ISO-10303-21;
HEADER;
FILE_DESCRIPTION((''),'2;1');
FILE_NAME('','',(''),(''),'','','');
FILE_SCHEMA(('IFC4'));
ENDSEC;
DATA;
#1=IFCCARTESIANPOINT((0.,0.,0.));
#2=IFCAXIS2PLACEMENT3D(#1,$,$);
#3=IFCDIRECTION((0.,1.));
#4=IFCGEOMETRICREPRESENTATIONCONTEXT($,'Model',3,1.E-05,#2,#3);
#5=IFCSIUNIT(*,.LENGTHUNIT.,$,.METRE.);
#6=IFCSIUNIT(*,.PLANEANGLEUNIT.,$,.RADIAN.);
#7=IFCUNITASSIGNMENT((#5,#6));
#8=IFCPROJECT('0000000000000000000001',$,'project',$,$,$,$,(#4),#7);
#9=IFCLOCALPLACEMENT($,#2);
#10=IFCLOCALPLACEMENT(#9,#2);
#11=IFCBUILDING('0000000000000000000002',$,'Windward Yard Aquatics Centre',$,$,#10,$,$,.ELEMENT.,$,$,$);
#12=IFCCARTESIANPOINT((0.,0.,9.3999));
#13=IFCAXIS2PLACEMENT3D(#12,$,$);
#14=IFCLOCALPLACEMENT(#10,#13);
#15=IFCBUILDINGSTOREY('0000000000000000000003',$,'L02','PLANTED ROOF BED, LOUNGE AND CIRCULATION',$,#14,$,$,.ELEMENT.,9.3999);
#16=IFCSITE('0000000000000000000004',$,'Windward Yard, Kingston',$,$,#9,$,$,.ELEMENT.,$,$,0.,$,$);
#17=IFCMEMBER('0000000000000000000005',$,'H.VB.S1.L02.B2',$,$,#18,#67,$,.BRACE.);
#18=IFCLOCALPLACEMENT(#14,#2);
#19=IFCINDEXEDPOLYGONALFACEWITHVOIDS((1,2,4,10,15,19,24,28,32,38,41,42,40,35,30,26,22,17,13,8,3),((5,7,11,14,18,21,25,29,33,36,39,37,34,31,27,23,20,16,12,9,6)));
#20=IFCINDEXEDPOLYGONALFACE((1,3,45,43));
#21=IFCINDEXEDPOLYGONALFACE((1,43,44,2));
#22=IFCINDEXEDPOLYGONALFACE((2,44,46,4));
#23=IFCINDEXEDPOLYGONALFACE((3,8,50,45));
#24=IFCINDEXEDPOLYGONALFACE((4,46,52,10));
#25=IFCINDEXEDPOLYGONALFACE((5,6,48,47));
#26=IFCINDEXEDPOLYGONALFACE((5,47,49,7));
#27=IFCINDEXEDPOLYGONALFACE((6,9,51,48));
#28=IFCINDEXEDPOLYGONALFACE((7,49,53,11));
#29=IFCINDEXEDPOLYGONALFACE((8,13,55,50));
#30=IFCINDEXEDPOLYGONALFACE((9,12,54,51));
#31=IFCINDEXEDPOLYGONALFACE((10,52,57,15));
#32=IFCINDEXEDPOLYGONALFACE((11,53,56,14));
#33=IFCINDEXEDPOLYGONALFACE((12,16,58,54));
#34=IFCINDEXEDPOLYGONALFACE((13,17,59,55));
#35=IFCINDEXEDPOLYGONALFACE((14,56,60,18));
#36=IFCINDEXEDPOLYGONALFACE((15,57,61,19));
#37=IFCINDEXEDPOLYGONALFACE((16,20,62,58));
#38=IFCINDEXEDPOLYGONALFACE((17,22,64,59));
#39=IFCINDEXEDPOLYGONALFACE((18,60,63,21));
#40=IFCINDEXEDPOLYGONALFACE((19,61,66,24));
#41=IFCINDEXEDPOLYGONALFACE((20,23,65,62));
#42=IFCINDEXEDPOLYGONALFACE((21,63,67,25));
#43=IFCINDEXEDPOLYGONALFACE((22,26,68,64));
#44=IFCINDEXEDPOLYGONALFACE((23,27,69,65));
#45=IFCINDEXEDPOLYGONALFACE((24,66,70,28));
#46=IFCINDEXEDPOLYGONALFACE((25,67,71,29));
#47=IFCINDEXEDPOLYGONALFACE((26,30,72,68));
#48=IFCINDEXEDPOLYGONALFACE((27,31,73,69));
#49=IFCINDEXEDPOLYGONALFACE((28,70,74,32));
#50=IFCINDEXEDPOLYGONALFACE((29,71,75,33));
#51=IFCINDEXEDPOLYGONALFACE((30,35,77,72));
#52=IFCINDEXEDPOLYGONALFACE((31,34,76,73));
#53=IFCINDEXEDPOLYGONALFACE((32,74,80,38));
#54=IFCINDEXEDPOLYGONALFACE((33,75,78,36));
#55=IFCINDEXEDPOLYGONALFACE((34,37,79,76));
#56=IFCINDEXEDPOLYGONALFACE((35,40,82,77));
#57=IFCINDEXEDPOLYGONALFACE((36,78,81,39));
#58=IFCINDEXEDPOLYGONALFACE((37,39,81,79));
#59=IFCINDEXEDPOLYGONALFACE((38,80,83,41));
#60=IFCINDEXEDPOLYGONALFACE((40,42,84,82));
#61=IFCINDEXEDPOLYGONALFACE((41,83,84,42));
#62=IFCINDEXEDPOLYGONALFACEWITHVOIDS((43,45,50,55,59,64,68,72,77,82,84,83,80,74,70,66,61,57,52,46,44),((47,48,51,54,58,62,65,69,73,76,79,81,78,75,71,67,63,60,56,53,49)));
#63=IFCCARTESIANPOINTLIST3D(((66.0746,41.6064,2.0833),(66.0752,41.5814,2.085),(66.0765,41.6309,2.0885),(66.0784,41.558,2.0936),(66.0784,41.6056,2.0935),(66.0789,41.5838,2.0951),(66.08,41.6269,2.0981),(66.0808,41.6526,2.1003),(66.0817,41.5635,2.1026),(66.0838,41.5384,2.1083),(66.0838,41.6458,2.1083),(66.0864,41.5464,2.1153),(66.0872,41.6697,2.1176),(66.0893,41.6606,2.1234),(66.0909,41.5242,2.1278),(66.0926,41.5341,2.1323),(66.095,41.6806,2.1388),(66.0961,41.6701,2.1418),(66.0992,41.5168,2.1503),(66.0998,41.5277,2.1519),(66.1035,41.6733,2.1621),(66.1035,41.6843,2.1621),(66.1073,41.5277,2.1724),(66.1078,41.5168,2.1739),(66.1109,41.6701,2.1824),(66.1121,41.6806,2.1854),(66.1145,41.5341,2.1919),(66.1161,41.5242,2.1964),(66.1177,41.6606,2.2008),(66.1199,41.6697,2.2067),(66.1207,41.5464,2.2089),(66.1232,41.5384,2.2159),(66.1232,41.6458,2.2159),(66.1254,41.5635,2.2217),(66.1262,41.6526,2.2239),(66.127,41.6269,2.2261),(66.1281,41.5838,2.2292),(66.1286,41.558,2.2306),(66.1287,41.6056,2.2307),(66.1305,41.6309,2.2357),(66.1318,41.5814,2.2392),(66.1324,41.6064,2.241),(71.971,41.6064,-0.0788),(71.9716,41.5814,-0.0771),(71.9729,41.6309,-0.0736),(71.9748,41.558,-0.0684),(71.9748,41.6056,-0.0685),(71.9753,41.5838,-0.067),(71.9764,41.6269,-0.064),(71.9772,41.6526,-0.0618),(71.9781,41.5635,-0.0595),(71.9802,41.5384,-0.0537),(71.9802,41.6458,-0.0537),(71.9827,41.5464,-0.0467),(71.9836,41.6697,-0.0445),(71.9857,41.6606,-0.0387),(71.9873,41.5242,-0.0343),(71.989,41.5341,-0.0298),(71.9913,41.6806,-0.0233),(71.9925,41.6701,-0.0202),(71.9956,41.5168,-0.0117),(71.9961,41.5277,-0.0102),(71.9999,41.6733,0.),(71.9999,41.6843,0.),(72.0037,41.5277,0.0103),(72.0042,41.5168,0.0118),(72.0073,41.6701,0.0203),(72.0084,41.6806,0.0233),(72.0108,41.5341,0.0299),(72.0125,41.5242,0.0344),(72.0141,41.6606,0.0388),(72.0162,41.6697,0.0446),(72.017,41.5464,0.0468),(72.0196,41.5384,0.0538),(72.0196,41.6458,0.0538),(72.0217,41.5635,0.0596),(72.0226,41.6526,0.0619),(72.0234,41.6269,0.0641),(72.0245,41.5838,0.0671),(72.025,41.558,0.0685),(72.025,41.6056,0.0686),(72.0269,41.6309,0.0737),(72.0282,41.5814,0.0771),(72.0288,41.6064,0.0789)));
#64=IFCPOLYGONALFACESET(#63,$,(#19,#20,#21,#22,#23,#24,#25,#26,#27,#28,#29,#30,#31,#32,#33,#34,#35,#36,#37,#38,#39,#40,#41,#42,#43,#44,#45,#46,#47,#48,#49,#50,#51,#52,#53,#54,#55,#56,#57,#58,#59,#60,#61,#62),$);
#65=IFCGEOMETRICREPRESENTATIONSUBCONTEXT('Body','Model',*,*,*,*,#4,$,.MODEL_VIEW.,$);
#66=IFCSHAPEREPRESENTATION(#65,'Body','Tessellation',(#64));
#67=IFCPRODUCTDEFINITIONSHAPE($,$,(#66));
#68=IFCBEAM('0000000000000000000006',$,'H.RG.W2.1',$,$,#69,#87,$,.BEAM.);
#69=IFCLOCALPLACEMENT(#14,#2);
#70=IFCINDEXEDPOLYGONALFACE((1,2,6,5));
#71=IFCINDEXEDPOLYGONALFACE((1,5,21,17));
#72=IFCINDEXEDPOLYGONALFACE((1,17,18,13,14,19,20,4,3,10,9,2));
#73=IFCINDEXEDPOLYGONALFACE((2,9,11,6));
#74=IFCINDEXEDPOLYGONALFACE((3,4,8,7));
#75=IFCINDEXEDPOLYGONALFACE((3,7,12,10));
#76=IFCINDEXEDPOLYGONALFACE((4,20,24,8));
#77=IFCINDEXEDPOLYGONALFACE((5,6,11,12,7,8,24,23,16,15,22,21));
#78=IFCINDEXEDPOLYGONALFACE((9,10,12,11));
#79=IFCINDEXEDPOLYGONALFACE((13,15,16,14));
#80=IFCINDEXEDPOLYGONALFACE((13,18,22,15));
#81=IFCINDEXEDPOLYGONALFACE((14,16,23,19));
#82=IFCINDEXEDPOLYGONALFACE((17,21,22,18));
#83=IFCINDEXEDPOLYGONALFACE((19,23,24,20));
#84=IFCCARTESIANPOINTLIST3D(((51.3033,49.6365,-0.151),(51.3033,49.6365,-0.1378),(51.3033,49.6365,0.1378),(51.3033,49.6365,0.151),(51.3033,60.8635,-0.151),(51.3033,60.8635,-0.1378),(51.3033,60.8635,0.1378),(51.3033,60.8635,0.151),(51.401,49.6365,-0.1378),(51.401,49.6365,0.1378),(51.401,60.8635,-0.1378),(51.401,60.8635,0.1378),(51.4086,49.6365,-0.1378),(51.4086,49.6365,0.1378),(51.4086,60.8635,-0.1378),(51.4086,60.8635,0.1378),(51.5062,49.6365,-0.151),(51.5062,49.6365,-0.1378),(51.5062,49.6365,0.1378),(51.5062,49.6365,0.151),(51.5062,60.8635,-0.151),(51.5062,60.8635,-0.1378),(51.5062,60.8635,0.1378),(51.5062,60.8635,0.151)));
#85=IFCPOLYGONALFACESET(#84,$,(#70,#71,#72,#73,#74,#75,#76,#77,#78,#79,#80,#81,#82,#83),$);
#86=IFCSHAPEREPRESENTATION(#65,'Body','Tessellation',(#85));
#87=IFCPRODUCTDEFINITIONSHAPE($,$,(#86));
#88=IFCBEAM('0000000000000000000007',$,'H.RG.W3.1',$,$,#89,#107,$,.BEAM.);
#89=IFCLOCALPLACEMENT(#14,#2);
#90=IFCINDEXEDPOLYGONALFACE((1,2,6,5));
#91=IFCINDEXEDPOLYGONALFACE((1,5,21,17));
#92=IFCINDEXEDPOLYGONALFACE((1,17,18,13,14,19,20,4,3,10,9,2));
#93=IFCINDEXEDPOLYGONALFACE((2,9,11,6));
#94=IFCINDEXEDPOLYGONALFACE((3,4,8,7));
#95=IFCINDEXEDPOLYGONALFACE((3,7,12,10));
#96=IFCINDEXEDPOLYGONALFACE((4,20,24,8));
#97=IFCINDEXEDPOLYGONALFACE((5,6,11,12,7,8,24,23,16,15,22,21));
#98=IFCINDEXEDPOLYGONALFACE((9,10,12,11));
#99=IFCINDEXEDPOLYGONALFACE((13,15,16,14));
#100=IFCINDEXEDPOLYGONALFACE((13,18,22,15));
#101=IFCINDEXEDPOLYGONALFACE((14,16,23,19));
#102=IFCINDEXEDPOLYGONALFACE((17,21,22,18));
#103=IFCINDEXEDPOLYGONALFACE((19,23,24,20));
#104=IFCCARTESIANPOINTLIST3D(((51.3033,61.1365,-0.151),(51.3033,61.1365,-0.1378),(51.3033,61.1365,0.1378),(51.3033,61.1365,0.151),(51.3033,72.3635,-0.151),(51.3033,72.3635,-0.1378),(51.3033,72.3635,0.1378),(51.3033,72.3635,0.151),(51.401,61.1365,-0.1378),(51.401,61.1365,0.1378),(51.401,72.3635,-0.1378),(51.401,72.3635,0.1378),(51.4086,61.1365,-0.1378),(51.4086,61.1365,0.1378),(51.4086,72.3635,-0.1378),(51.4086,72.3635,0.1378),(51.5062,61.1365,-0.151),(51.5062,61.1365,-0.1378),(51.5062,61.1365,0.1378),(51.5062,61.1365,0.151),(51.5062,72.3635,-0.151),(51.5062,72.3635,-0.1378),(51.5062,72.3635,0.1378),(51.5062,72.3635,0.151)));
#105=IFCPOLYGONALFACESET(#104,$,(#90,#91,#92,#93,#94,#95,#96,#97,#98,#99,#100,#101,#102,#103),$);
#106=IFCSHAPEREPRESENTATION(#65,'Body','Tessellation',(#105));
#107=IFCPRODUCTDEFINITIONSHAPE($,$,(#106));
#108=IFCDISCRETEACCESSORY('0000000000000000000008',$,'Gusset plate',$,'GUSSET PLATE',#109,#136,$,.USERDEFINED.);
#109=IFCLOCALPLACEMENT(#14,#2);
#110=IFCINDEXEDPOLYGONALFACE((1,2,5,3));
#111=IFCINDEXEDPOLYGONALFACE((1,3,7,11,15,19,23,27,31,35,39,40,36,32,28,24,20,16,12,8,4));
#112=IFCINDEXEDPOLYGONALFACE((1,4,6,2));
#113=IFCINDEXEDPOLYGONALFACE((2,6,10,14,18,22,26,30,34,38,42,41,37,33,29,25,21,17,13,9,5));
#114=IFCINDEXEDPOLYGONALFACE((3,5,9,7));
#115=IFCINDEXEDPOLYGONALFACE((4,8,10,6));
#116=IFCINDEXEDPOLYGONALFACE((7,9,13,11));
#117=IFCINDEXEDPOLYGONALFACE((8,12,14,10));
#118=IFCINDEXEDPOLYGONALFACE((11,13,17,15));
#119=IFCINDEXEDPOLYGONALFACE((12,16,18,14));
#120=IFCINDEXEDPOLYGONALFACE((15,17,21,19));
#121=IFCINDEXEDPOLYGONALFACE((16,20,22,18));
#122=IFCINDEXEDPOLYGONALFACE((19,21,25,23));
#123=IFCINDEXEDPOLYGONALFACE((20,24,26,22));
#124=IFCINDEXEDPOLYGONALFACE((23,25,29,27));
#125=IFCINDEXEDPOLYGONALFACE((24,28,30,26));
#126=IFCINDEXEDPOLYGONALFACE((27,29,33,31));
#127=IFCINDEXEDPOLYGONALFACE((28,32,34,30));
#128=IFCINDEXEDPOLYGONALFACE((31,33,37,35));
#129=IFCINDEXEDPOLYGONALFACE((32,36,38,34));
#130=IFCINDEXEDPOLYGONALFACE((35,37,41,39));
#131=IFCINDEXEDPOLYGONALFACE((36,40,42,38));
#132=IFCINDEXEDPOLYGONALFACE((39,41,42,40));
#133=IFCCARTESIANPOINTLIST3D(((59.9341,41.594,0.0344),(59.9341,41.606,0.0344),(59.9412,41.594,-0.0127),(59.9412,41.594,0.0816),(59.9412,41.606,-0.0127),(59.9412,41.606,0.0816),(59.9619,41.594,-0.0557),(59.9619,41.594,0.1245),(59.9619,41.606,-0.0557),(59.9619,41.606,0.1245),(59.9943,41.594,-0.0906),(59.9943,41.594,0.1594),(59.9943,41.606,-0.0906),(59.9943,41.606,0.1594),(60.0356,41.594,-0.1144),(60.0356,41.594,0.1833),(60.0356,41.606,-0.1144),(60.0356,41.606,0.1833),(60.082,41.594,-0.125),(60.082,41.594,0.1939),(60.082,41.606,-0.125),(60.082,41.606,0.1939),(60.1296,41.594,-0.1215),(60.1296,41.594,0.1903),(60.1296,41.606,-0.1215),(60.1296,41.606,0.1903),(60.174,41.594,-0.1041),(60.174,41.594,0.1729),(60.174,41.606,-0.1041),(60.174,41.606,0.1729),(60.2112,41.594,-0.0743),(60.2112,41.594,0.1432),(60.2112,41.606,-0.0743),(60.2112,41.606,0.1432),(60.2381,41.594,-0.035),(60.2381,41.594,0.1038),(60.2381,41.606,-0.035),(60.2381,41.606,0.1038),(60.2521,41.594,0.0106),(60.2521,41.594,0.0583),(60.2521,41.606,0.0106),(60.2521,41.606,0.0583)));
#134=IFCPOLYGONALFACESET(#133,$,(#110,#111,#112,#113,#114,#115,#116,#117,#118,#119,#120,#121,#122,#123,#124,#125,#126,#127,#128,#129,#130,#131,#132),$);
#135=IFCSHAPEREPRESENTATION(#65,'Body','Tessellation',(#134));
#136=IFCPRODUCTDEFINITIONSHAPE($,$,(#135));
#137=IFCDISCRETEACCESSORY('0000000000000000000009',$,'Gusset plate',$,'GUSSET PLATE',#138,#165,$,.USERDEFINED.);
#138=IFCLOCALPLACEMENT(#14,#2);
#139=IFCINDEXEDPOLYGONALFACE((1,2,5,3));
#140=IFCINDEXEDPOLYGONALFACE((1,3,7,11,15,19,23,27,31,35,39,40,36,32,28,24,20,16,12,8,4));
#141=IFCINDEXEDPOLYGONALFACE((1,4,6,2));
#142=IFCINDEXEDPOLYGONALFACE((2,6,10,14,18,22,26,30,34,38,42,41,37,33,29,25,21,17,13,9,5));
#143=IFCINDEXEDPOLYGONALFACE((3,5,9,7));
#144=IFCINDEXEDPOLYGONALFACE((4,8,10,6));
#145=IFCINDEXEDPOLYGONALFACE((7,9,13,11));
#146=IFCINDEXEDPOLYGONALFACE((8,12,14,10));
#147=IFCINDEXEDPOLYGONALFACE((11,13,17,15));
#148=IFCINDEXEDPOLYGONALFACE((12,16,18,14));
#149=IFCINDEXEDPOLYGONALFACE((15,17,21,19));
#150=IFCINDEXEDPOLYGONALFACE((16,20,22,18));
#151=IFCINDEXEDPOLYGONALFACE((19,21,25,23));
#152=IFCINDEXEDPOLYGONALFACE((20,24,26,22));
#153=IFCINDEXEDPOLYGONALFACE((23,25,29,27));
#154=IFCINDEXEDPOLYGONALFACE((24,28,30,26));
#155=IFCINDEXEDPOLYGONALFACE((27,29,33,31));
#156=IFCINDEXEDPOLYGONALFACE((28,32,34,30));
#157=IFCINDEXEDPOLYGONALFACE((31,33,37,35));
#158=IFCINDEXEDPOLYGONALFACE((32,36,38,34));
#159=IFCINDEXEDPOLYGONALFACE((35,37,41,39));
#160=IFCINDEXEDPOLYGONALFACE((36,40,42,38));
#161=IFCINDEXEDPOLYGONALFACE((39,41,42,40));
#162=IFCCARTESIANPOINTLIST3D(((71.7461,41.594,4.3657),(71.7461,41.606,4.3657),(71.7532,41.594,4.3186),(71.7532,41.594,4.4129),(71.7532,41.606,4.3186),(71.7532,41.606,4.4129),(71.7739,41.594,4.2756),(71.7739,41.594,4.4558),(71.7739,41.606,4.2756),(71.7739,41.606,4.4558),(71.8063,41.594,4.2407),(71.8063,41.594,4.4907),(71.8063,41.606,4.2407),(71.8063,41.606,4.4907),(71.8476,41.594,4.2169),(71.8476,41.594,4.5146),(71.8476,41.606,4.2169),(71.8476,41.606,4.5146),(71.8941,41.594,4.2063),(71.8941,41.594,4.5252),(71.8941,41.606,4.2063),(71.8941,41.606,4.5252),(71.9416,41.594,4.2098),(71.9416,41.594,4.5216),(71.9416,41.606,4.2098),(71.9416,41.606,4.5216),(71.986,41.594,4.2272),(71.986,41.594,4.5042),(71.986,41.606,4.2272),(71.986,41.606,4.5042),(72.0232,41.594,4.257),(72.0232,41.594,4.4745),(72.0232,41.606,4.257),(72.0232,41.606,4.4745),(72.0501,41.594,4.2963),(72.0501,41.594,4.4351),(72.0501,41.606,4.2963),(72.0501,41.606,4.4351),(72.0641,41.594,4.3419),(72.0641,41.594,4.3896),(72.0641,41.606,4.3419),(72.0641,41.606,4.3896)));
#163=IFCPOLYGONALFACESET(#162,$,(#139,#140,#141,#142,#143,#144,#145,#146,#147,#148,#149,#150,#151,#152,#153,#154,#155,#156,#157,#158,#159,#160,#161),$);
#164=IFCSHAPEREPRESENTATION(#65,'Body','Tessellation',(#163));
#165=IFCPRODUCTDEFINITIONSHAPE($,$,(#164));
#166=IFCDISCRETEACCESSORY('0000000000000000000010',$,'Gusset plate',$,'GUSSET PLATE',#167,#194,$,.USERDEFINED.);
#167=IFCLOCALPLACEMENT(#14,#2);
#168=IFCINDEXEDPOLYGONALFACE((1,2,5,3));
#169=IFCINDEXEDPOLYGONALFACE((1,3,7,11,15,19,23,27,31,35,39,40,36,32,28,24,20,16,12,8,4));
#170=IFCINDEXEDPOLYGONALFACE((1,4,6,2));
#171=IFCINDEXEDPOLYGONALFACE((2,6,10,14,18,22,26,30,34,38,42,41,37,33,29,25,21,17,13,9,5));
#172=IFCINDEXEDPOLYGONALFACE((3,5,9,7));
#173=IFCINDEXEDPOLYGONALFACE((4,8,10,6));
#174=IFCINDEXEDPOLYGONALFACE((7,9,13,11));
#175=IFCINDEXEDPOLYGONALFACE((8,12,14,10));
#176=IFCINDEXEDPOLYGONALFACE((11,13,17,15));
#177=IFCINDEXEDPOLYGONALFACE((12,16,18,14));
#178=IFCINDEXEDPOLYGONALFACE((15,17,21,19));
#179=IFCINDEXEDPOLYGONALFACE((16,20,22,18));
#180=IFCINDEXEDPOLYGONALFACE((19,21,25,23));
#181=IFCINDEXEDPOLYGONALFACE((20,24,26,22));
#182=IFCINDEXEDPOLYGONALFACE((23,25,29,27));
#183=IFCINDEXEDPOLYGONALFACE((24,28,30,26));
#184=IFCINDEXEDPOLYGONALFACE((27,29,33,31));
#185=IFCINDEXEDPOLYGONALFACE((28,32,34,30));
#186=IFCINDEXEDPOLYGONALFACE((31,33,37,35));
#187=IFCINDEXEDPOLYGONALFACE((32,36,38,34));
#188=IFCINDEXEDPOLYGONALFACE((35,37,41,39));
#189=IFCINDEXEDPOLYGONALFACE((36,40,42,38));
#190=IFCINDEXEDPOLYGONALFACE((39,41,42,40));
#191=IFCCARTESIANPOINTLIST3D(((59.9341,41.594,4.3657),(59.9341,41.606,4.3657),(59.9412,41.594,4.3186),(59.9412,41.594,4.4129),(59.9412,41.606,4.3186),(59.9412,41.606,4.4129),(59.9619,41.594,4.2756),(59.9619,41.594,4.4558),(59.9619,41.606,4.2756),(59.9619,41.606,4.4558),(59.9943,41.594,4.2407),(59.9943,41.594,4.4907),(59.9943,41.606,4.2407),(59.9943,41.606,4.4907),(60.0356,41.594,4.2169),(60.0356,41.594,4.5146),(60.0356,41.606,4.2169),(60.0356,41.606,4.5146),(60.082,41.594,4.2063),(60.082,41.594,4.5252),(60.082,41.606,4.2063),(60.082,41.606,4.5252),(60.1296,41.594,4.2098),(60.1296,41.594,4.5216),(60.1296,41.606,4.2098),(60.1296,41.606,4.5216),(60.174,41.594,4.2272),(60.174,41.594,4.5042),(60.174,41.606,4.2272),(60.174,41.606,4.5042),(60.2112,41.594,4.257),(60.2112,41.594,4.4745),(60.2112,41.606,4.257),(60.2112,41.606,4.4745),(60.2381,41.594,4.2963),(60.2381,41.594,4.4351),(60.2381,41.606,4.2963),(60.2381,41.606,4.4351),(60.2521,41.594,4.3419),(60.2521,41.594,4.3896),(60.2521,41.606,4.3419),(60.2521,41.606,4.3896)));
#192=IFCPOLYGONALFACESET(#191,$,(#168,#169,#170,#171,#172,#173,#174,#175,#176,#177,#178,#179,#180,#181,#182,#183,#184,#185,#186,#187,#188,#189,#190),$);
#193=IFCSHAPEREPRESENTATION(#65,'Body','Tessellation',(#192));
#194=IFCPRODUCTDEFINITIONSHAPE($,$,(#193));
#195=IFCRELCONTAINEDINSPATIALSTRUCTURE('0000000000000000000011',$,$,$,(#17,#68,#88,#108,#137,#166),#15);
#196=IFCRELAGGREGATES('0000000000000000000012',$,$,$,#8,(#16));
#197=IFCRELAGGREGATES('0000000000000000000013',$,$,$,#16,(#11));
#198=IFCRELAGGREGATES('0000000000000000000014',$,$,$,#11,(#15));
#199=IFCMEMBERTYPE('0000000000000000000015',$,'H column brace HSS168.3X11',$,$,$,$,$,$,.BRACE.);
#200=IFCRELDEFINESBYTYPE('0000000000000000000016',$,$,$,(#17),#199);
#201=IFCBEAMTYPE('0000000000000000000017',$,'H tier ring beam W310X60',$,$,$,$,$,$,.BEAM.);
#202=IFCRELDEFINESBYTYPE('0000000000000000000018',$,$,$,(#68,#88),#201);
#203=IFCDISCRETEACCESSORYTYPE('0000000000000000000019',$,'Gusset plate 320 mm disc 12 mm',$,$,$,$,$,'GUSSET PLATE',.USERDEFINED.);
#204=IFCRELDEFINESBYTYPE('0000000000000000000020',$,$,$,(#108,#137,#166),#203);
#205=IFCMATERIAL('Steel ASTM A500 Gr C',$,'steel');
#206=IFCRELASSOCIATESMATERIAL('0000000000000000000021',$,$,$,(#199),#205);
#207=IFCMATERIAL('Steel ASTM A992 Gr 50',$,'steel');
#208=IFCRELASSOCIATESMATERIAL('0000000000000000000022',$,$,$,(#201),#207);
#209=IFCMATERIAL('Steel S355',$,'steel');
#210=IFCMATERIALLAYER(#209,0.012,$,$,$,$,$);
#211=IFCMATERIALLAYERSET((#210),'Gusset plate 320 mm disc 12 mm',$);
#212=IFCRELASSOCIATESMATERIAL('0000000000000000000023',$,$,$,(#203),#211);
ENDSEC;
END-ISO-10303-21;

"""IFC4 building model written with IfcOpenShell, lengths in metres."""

from ifc_helpers import new_model, si_unit, direction, frame, origin, origin_2d, place, context, subcontext, project, spatial, circle, hollow_circle, i_section, extrude, material, layer, layer_set, material_profile, profile_set, type_object, element, save


model = new_model("IFC4")

# Units and contexts
model_context = context("Model", 3, precision=1e-05, world=origin(), true_north=direction((0.0, 1.0)))
body_context = subcontext(model_context, "Body", "Model", "MODEL_VIEW")
ifc_project = project(units=[si_unit("LENGTHUNIT", "METRE"), si_unit("PLANEANGLEUNIT", "RADIAN")], contexts=[model_context])

# Site, building, storey
site_placement = place(None, origin())
site = spatial("IfcSite", under=ifc_project, at=site_placement, Name="Windward Yard, Kingston", CompositionType="ELEMENT", RefElevation=0.0)
building_placement = place(site_placement, origin())
building = spatial("IfcBuilding", under=site, at=building_placement, Name="Windward Yard Aquatics Centre", CompositionType="ELEMENT")
storey_placement = place(building_placement, frame((0.0, 0.0, 9.3999)))
storey = spatial("IfcBuildingStorey", under=building, at=storey_placement, Name="L02", Description="PLANTED ROOF BED, LOUNGE AND CIRCULATION", CompositionType="ELEMENT", Elevation=9.3999)

# Shared definitions
ifc_material_1 = material(Name="Steel ASTM A500 Gr C", Category="steel")

# Shared definitions
ifc_material_2 = material(Name="Steel ASTM A992 Gr 50", Category="steel")

# Member
ifc_material_profile_1 = material_profile(ifc_material_1, hollow_circle(Radius=0.0842, WallThickness=0.011, at=origin_2d()), Name="HSS168.3X11")
ifc_profile_set_1 = profile_set([ifc_material_profile_1], Name="Steel ASTM A500 Gr C")
member_type_1 = type_object("IfcMemberType", Name="H column brace HSS168.3X11", PredefinedType="BRACE", material=ifc_profile_set_1)
for number, where, z_axis, x_axis, name in (
    (1, (66.1035, 41.6001, 2.1621), (0.938873, 0.0, -0.344264), (0.0, 1.0, 0.0), "H.VB.S1.L02.B2"),
):
    element("IfcMember", number, at=place(storey_placement, frame(where, z_axis=z_axis, x_axis=x_axis)), inside=storey, type_object=member_type_1, Name=name, PredefinedType="BRACE", context=body_context, shape_type="SweptSolid", body=[
        extrude(hollow_circle(Radius=0.0842, WallThickness=0.011, at=origin_2d()), origin(), (0.0, 0.0, 1.0), 6.2803),
    ])

# Beams
ifc_material_profile_2 = material_profile(ifc_material_2, i_section(OverallWidth=0.2029, OverallDepth=0.302, WebThickness=0.0076, FlangeThickness=0.0132, at=origin_2d()), Name="W310X60")
ifc_profile_set_2 = profile_set([ifc_material_profile_2], Name="Steel ASTM A992 Gr 50")
beam_type_1 = type_object("IfcBeamType", Name="H tier ring beam W310X60", PredefinedType="BEAM", material=ifc_profile_set_2)
for number, where, z_axis, x_axis, name in (
    (2, (51.4048, 49.6365, 0.0), (0.0, 1.0, 0.0), (-1.0, 0.0, 0.0), "H.RG.W2.1"),
    (3, (51.4048, 61.1365, 0.0), (0.0, 1.0, 0.0), (-1.0, 0.0, 0.0), "H.RG.W3.1"),
):
    element("IfcBeam", number, at=place(storey_placement, frame(where, z_axis=z_axis, x_axis=x_axis)), inside=storey, type_object=beam_type_1, Name=name, PredefinedType="BEAM", context=body_context, shape_type="SweptSolid", body=[
        extrude(i_section(OverallWidth=0.2029, OverallDepth=0.302, WebThickness=0.0076, FlangeThickness=0.0132, at=origin_2d()), origin(), (0.0, 0.0, 1.0), 11.2271),
    ])

# Discrete accessories
ifc_material_3 = material(Name="Steel S355", Category="steel")
ifc_layer_1 = layer(ifc_material_3, 0.012)
ifc_layer_set_1 = layer_set([ifc_layer_1], Name="Gusset plate 320 mm disc 12 mm")
discrete_accessory_type = type_object("IfcDiscreteAccessoryType", Name="Gusset plate 320 mm disc 12 mm", ElementType="GUSSET PLATE", PredefinedType="USERDEFINED", material=ifc_layer_set_1)
for number, where, z_axis, x_axis, name in (
    (4, (60.094, 41.594, 0.0344), (0.0, 1.0, 0.0), (-1.0, 0.0, 0.0), "Gusset plate"),
    (5, (71.906, 41.594, 4.3657), (0.0, 1.0, 0.0), (-1.0, 0.0, 0.0), "Gusset plate"),
    (6, (60.094, 41.594, 4.3657), (0.0, 1.0, 0.0), (-1.0, 0.0, 0.0), "Gusset plate"),
):
    element("IfcDiscreteAccessory", number, at=place(storey_placement, frame(where, z_axis=z_axis, x_axis=x_axis)), inside=storey, type_object=discrete_accessory_type, Name=name, ObjectType="GUSSET PLATE", PredefinedType="USERDEFINED", context=body_context, shape_type="SweptSolid", body=[
        extrude(circle(Radius=0.1599, at=origin_2d()), origin(), (0.0, 0.0, 1.0), 0.012),
    ])

save(model, "model.ifc")
